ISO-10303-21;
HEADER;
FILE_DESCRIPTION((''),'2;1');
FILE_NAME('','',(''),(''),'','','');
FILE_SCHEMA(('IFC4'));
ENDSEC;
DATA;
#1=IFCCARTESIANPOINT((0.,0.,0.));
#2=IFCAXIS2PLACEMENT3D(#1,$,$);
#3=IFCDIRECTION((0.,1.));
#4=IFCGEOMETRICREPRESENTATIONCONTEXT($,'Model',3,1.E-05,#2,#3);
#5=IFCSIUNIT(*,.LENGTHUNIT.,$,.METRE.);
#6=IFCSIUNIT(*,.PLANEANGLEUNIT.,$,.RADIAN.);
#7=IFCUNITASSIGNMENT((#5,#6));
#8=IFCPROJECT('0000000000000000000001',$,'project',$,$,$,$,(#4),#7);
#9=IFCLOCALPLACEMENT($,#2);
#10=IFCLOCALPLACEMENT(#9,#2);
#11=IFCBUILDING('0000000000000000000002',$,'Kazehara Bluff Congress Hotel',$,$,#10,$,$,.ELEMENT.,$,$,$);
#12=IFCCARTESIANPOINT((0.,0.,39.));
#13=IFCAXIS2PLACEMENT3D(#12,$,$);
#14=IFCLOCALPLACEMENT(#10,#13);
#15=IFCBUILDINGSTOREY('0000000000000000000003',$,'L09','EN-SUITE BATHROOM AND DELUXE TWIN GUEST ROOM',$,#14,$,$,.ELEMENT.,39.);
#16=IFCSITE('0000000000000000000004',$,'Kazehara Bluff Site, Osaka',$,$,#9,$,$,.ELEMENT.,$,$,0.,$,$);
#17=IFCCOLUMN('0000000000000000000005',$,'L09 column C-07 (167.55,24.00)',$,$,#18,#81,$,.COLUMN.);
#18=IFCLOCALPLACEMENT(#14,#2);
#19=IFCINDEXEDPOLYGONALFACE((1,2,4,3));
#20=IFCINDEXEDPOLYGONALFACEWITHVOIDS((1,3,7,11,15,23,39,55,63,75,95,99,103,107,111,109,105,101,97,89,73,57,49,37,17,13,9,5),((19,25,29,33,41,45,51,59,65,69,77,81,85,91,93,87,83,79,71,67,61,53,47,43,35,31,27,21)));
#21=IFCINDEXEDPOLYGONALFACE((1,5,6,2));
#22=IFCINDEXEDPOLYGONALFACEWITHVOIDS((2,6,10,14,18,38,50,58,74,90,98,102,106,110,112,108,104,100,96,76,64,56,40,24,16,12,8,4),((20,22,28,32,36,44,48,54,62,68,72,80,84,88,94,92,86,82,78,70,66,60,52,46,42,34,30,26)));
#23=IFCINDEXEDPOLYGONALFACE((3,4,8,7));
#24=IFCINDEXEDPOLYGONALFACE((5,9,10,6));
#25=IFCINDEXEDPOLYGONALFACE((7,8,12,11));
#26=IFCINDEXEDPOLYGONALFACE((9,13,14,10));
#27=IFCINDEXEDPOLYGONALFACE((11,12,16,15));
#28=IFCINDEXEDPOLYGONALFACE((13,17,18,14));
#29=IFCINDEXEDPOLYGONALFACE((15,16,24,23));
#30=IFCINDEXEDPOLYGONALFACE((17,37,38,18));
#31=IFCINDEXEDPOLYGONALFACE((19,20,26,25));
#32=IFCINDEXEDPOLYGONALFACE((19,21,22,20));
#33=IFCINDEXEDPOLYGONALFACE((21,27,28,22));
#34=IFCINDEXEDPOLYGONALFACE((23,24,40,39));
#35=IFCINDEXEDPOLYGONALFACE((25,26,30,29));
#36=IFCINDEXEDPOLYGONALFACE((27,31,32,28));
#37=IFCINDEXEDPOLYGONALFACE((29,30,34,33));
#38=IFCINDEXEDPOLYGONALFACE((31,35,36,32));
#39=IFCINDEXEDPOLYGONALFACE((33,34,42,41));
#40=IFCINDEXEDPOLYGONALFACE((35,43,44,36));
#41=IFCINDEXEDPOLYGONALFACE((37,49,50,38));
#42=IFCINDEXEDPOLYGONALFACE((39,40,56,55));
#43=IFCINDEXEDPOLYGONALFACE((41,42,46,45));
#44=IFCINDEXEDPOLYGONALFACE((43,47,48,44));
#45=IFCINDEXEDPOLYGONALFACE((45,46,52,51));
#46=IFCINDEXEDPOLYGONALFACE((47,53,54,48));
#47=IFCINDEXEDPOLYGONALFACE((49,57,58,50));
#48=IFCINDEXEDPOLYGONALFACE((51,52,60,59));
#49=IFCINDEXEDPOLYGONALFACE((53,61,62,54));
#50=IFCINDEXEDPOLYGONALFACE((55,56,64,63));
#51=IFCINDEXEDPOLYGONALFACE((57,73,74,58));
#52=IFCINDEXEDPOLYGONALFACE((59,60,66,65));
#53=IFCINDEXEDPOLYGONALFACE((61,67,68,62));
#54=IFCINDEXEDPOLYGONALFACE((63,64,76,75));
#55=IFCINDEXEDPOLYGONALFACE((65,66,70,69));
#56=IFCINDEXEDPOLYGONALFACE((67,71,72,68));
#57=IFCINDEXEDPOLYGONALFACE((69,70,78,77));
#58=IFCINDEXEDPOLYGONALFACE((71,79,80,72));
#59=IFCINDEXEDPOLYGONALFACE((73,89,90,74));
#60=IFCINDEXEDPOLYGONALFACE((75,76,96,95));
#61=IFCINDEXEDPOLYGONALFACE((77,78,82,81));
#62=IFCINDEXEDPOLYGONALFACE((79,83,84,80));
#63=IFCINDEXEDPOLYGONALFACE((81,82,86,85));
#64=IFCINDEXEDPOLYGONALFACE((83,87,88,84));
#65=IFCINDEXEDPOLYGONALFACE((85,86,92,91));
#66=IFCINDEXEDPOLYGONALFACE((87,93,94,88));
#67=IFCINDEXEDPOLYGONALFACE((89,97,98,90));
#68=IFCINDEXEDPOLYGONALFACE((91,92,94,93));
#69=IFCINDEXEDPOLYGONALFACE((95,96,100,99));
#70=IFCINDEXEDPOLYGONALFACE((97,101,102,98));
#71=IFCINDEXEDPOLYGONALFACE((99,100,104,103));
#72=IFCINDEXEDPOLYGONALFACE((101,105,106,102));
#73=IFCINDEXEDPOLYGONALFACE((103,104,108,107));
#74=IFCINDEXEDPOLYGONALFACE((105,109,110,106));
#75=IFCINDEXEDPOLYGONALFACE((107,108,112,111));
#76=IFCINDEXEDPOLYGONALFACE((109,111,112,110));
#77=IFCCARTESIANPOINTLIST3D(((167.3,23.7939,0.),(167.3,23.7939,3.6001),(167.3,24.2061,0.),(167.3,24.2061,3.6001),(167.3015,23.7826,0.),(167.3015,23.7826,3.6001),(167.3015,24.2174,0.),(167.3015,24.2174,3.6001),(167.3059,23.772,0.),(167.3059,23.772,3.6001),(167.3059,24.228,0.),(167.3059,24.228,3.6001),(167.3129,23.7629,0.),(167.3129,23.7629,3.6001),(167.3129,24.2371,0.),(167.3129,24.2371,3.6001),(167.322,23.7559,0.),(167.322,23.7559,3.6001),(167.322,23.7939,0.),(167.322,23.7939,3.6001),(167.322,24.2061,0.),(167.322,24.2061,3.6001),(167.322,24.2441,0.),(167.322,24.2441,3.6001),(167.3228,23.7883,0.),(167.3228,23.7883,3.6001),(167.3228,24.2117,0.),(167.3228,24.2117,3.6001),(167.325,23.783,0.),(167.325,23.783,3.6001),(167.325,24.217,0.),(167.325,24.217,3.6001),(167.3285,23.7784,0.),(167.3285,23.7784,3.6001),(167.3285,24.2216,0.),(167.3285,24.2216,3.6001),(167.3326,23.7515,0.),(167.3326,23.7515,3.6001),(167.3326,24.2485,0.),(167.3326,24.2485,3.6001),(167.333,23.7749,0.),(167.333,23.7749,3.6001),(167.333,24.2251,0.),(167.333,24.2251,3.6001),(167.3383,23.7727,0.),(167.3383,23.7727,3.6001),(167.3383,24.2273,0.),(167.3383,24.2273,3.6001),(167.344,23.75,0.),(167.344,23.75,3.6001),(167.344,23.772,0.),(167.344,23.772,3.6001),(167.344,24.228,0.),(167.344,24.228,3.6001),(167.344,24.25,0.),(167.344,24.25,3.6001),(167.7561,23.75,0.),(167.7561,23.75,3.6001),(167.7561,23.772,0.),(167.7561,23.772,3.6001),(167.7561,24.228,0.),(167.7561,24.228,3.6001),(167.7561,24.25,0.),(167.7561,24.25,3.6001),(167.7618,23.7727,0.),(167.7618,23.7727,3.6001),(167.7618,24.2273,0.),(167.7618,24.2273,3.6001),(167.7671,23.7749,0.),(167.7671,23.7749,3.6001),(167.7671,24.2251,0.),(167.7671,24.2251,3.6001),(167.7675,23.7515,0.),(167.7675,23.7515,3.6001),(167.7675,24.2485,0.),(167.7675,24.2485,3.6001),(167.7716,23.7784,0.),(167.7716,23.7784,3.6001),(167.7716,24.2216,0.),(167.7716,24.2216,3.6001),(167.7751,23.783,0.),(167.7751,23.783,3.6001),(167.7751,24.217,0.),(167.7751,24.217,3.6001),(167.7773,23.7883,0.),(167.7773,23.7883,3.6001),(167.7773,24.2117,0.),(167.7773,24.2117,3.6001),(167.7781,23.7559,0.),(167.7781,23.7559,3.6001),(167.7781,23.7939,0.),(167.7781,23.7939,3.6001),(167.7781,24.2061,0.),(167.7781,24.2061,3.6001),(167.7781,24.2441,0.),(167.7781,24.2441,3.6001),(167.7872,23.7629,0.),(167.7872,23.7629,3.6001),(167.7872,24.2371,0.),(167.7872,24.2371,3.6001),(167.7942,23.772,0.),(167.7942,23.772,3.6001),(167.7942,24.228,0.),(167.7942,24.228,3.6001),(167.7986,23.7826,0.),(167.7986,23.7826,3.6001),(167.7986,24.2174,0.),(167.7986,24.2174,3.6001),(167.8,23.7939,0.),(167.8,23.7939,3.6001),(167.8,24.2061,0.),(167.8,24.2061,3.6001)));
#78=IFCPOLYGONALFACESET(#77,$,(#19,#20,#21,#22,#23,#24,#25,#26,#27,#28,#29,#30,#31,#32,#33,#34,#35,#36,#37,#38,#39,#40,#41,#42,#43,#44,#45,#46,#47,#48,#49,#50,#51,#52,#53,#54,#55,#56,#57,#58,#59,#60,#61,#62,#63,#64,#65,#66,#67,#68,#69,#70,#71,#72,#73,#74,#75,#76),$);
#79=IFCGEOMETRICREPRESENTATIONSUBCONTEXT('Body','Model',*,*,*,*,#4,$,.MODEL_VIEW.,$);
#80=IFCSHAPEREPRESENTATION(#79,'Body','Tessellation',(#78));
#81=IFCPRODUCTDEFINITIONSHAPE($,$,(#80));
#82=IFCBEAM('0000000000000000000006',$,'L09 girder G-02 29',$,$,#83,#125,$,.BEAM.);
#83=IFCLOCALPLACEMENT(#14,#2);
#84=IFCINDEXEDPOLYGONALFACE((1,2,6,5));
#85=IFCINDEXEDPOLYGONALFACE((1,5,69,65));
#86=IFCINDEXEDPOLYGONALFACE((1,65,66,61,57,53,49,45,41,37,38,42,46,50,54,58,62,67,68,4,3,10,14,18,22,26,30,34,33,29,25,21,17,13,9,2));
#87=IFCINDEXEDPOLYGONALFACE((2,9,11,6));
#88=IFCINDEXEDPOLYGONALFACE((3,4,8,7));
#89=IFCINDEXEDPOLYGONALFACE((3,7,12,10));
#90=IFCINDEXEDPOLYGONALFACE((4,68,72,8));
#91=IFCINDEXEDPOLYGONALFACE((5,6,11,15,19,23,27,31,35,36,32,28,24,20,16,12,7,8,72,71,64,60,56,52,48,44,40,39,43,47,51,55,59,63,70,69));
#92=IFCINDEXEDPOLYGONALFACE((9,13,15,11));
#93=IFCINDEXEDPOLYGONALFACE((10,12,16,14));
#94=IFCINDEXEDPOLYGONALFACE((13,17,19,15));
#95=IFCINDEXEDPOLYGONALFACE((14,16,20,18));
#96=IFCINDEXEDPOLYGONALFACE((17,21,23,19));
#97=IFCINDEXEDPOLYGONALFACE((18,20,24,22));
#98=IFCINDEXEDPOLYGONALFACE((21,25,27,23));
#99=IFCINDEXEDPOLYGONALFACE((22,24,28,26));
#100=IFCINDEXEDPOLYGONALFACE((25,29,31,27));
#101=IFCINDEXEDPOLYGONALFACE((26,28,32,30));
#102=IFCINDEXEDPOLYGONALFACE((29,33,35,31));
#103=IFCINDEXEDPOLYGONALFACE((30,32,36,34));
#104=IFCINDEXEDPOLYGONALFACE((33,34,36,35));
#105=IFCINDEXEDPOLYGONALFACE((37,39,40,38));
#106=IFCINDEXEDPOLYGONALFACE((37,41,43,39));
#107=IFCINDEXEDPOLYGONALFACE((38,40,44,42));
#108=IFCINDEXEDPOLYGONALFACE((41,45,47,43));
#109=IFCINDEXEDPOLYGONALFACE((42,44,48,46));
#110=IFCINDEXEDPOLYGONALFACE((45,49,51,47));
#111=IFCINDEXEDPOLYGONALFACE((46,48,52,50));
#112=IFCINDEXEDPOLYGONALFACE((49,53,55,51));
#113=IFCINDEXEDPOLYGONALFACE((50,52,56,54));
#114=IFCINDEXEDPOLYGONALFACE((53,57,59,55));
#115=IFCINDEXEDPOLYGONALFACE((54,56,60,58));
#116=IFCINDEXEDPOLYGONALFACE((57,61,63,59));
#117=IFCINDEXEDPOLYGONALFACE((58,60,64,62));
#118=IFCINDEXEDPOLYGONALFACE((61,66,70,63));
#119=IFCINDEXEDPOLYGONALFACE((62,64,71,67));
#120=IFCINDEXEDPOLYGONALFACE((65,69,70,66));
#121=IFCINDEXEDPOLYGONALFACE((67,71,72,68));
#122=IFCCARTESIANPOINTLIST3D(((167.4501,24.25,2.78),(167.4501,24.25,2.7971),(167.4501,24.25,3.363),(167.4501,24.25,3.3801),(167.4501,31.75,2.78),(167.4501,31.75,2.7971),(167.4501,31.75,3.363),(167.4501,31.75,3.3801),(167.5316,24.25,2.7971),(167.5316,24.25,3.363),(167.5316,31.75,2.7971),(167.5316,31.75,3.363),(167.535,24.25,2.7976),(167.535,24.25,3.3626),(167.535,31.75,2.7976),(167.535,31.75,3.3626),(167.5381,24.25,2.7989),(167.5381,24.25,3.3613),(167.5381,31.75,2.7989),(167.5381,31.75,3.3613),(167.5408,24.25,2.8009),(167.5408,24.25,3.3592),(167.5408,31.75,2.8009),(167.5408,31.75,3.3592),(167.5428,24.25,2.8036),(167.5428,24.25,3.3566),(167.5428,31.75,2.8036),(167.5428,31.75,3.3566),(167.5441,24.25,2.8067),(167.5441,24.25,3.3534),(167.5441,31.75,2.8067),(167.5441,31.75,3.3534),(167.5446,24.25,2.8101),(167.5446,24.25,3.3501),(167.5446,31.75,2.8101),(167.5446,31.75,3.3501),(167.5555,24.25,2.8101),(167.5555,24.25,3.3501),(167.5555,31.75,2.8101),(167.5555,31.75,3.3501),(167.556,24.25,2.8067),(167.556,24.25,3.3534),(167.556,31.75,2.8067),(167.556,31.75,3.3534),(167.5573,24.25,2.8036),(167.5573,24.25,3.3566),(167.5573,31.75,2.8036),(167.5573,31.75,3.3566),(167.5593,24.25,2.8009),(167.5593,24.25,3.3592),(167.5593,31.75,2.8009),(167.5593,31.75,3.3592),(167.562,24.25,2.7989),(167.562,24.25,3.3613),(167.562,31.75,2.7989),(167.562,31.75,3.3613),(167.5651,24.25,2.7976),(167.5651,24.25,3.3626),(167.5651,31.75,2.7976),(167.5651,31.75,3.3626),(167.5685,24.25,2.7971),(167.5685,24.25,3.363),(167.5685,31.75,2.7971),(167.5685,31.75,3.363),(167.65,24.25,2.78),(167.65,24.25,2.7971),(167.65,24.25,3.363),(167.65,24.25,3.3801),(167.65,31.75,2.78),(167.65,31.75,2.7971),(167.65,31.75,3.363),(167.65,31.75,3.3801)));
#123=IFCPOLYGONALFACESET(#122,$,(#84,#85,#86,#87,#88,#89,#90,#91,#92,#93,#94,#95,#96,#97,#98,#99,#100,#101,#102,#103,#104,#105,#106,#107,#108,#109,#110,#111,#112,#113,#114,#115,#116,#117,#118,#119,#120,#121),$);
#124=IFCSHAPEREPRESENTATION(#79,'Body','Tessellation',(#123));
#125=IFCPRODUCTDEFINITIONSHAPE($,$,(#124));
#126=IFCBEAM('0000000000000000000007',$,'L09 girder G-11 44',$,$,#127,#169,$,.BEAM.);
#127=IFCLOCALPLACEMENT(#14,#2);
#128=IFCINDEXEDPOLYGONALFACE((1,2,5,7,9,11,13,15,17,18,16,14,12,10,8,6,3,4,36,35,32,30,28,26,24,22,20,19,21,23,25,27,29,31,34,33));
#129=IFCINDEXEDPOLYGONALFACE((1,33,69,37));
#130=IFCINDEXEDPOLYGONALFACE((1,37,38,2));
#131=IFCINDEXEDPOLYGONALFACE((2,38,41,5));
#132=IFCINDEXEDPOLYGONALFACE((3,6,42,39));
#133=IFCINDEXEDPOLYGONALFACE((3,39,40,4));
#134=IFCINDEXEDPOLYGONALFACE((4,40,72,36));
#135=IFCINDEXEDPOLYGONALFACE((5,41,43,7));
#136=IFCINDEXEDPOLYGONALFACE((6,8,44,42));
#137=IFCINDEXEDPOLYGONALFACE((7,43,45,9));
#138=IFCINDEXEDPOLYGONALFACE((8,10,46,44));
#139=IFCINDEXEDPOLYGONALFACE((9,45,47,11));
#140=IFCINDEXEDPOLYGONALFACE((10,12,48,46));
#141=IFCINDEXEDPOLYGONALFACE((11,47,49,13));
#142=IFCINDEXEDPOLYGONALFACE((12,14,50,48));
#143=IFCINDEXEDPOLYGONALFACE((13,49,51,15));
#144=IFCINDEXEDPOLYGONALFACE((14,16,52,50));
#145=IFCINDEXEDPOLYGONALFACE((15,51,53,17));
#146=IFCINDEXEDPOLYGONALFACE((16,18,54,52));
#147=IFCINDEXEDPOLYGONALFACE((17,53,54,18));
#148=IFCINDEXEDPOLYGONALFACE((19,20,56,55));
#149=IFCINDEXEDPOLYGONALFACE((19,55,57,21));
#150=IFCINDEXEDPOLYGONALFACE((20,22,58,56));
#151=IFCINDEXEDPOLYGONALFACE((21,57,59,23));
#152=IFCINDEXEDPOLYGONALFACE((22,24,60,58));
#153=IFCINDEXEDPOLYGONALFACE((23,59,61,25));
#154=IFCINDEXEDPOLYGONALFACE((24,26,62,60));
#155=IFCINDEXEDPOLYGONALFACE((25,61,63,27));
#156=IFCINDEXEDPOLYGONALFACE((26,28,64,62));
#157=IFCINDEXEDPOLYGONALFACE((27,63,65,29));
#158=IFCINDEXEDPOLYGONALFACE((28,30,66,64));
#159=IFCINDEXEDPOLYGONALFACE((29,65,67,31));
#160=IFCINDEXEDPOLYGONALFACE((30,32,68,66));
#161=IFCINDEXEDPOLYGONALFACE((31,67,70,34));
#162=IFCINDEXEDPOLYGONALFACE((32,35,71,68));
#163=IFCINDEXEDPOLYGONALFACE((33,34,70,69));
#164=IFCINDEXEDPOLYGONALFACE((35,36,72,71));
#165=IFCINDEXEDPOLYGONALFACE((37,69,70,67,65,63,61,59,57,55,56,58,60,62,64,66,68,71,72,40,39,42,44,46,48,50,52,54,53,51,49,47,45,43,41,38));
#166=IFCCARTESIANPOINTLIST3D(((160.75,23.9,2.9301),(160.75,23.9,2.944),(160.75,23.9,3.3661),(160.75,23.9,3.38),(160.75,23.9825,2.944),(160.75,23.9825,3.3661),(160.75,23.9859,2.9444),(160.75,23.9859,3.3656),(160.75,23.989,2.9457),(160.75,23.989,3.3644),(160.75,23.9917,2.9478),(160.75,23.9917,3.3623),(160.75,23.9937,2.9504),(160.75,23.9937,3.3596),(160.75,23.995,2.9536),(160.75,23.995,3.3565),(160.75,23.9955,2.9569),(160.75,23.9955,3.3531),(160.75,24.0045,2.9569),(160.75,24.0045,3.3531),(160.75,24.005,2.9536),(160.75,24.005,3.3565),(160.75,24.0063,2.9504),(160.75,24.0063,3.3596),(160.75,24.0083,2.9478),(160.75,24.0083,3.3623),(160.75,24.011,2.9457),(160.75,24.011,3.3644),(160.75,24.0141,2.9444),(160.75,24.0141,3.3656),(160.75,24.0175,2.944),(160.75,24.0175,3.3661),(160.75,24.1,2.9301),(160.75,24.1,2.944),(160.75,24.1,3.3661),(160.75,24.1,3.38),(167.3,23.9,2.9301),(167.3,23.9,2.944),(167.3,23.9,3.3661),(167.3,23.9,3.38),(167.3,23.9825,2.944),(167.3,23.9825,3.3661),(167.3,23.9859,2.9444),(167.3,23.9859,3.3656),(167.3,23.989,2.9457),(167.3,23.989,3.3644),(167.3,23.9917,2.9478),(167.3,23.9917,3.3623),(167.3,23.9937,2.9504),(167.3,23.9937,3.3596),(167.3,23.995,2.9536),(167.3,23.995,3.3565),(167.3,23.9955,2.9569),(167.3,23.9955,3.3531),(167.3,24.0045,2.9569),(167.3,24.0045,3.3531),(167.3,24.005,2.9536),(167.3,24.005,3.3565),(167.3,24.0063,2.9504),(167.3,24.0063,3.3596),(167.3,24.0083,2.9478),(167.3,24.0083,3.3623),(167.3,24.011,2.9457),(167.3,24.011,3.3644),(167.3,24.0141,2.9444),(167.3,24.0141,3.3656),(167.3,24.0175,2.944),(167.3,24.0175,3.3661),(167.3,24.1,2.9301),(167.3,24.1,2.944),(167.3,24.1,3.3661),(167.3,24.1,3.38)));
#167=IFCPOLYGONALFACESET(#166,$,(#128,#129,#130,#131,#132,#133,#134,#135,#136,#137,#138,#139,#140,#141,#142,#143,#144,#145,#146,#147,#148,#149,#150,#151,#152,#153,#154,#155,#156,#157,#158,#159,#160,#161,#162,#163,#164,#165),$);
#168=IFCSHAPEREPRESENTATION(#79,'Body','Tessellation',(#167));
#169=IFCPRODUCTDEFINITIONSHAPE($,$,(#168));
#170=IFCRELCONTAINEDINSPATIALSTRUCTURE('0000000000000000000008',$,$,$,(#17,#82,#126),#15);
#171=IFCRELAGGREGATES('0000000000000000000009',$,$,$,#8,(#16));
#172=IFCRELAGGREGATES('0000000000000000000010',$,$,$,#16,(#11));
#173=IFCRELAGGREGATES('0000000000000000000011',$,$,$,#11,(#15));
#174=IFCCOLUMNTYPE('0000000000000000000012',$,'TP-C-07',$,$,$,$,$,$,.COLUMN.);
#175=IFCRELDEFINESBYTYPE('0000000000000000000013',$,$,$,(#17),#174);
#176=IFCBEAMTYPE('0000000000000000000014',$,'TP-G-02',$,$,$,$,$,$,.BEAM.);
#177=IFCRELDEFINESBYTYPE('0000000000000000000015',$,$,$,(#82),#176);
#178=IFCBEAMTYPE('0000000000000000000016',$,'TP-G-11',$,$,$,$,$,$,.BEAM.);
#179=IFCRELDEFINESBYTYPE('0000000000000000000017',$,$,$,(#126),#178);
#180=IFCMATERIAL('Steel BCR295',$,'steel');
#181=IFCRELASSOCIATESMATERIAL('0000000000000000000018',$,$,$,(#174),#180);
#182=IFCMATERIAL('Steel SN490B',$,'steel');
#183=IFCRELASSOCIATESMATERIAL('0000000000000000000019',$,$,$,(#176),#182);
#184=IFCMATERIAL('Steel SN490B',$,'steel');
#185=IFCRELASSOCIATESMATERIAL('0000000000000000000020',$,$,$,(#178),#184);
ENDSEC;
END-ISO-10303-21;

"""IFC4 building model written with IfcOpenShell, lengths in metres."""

from ifc_helpers import new_model, si_unit, direction, frame, origin, origin_2d, place, context, subcontext, project, spatial, hollow_rectangle, i_section, extrude, material, material_profile, profile_set, type_object, element, save


model = new_model("IFC4")

# Units and contexts
model_context = context("Model", 3, precision=1e-05, world=origin(), true_north=direction((0.0, 1.0)))
body_context = subcontext(model_context, "Body", "Model", "MODEL_VIEW")
ifc_project = project(units=[si_unit("LENGTHUNIT", "METRE"), si_unit("PLANEANGLEUNIT", "RADIAN")], contexts=[model_context])

# Site, building, storey
site_placement = place(None, origin())
site = spatial("IfcSite", under=ifc_project, at=site_placement, Name="Kazehara Bluff Site, Osaka", CompositionType="ELEMENT", RefElevation=0.0)
building_placement = place(site_placement, origin())
building = spatial("IfcBuilding", under=site, at=building_placement, Name="Kazehara Bluff Congress Hotel", CompositionType="ELEMENT")
storey_placement = place(building_placement, frame((0.0, 0.0, 39.0)))
storey = spatial("IfcBuildingStorey", under=building, at=storey_placement, Name="L09", Description="EN-SUITE BATHROOM AND DELUXE TWIN GUEST ROOM", CompositionType="ELEMENT", Elevation=39.0)

# Column
ifc_material_1 = material(Name="Steel BCR295", Category="steel")
ifc_material_profile_1 = material_profile(ifc_material_1, hollow_rectangle(XDim=0.5, YDim=0.5, WallThickness=0.022, InnerFilletRadius=0.022, OuterFilletRadius=0.0439, at=origin_2d()))
ifc_profile_set_1 = profile_set([ifc_material_profile_1], Name="Steel BCR295")
column_type = type_object("IfcColumnType", Name="TP-C-07", PredefinedType="COLUMN", material=ifc_profile_set_1)
column_placement = place(storey_placement, frame((167.55, 24.0, 0.0), z_axis=(0.0, 0.0, 1.0), x_axis=(1.0, 0.0, 0.0)))
element("IfcColumn", 1, at=column_placement, inside=storey, type_object=column_type, Name="L09 column C-07 (167.55,24.00)", PredefinedType="COLUMN", context=body_context, shape_type="SweptSolid", body=[
    extrude(hollow_rectangle(XDim=0.5, YDim=0.5, WallThickness=0.022, InnerFilletRadius=0.022, OuterFilletRadius=0.0439, at=origin_2d()), origin(), (0.0, 0.0, 1.0), 3.6001),
])

# Beams
ifc_material_2 = material(Name="Steel SN490B", Category="steel")
ifc_material_profile_2 = material_profile(ifc_material_2, i_section(OverallWidth=0.2, OverallDepth=0.6001, WebThickness=0.011, FlangeThickness=0.0171, FilletRadius=0.0129, at=origin_2d()))
ifc_profile_set_2 = profile_set([ifc_material_profile_2], Name="Steel SN490B")
beam_type_1 = type_object("IfcBeamType", Name="TP-G-02", PredefinedType="BEAM", material=ifc_profile_set_2)
beam_1_placement = place(storey_placement, frame((167.55, 24.25, 3.0801), z_axis=(0.0, 1.0, 0.0), x_axis=(-1.0, 0.0, 0.0)))
element("IfcBeam", 2, at=beam_1_placement, inside=storey, type_object=beam_type_1, Name="L09 girder G-02 29", PredefinedType="BEAM", context=body_context, shape_type="SweptSolid", body=[
    extrude(i_section(OverallWidth=0.2, OverallDepth=0.6001, WebThickness=0.011, FlangeThickness=0.0171, FilletRadius=0.0129, at=origin_2d()), origin(), (0.0, 0.0, 1.0), 7.5),
])
ifc_material_3 = material(Name="Steel SN490B", Category="steel")
ifc_material_profile_3 = material_profile(ifc_material_3, i_section(OverallWidth=0.2, OverallDepth=0.45, WebThickness=0.009, FlangeThickness=0.0139, FilletRadius=0.0129, at=origin_2d()))
ifc_profile_set_3 = profile_set([ifc_material_profile_3], Name="Steel SN490B")
beam_type_2 = type_object("IfcBeamType", Name="TP-G-11", PredefinedType="BEAM", material=ifc_profile_set_3)
beam_2_placement = place(storey_placement, frame((160.75, 24.0, 3.155), z_axis=(1.0, 0.0, 0.0), x_axis=(0.0, 1.0, 0.0)))
element("IfcBeam", 3, at=beam_2_placement, inside=storey, type_object=beam_type_2, Name="L09 girder G-11 44", PredefinedType="BEAM", context=body_context, shape_type="SweptSolid", body=[
    extrude(i_section(OverallWidth=0.2, OverallDepth=0.45, WebThickness=0.009, FlangeThickness=0.0139, FilletRadius=0.0129, at=origin_2d()), origin(), (0.0, 0.0, 1.0), 6.55),
])

save(model, "model.ifc")
